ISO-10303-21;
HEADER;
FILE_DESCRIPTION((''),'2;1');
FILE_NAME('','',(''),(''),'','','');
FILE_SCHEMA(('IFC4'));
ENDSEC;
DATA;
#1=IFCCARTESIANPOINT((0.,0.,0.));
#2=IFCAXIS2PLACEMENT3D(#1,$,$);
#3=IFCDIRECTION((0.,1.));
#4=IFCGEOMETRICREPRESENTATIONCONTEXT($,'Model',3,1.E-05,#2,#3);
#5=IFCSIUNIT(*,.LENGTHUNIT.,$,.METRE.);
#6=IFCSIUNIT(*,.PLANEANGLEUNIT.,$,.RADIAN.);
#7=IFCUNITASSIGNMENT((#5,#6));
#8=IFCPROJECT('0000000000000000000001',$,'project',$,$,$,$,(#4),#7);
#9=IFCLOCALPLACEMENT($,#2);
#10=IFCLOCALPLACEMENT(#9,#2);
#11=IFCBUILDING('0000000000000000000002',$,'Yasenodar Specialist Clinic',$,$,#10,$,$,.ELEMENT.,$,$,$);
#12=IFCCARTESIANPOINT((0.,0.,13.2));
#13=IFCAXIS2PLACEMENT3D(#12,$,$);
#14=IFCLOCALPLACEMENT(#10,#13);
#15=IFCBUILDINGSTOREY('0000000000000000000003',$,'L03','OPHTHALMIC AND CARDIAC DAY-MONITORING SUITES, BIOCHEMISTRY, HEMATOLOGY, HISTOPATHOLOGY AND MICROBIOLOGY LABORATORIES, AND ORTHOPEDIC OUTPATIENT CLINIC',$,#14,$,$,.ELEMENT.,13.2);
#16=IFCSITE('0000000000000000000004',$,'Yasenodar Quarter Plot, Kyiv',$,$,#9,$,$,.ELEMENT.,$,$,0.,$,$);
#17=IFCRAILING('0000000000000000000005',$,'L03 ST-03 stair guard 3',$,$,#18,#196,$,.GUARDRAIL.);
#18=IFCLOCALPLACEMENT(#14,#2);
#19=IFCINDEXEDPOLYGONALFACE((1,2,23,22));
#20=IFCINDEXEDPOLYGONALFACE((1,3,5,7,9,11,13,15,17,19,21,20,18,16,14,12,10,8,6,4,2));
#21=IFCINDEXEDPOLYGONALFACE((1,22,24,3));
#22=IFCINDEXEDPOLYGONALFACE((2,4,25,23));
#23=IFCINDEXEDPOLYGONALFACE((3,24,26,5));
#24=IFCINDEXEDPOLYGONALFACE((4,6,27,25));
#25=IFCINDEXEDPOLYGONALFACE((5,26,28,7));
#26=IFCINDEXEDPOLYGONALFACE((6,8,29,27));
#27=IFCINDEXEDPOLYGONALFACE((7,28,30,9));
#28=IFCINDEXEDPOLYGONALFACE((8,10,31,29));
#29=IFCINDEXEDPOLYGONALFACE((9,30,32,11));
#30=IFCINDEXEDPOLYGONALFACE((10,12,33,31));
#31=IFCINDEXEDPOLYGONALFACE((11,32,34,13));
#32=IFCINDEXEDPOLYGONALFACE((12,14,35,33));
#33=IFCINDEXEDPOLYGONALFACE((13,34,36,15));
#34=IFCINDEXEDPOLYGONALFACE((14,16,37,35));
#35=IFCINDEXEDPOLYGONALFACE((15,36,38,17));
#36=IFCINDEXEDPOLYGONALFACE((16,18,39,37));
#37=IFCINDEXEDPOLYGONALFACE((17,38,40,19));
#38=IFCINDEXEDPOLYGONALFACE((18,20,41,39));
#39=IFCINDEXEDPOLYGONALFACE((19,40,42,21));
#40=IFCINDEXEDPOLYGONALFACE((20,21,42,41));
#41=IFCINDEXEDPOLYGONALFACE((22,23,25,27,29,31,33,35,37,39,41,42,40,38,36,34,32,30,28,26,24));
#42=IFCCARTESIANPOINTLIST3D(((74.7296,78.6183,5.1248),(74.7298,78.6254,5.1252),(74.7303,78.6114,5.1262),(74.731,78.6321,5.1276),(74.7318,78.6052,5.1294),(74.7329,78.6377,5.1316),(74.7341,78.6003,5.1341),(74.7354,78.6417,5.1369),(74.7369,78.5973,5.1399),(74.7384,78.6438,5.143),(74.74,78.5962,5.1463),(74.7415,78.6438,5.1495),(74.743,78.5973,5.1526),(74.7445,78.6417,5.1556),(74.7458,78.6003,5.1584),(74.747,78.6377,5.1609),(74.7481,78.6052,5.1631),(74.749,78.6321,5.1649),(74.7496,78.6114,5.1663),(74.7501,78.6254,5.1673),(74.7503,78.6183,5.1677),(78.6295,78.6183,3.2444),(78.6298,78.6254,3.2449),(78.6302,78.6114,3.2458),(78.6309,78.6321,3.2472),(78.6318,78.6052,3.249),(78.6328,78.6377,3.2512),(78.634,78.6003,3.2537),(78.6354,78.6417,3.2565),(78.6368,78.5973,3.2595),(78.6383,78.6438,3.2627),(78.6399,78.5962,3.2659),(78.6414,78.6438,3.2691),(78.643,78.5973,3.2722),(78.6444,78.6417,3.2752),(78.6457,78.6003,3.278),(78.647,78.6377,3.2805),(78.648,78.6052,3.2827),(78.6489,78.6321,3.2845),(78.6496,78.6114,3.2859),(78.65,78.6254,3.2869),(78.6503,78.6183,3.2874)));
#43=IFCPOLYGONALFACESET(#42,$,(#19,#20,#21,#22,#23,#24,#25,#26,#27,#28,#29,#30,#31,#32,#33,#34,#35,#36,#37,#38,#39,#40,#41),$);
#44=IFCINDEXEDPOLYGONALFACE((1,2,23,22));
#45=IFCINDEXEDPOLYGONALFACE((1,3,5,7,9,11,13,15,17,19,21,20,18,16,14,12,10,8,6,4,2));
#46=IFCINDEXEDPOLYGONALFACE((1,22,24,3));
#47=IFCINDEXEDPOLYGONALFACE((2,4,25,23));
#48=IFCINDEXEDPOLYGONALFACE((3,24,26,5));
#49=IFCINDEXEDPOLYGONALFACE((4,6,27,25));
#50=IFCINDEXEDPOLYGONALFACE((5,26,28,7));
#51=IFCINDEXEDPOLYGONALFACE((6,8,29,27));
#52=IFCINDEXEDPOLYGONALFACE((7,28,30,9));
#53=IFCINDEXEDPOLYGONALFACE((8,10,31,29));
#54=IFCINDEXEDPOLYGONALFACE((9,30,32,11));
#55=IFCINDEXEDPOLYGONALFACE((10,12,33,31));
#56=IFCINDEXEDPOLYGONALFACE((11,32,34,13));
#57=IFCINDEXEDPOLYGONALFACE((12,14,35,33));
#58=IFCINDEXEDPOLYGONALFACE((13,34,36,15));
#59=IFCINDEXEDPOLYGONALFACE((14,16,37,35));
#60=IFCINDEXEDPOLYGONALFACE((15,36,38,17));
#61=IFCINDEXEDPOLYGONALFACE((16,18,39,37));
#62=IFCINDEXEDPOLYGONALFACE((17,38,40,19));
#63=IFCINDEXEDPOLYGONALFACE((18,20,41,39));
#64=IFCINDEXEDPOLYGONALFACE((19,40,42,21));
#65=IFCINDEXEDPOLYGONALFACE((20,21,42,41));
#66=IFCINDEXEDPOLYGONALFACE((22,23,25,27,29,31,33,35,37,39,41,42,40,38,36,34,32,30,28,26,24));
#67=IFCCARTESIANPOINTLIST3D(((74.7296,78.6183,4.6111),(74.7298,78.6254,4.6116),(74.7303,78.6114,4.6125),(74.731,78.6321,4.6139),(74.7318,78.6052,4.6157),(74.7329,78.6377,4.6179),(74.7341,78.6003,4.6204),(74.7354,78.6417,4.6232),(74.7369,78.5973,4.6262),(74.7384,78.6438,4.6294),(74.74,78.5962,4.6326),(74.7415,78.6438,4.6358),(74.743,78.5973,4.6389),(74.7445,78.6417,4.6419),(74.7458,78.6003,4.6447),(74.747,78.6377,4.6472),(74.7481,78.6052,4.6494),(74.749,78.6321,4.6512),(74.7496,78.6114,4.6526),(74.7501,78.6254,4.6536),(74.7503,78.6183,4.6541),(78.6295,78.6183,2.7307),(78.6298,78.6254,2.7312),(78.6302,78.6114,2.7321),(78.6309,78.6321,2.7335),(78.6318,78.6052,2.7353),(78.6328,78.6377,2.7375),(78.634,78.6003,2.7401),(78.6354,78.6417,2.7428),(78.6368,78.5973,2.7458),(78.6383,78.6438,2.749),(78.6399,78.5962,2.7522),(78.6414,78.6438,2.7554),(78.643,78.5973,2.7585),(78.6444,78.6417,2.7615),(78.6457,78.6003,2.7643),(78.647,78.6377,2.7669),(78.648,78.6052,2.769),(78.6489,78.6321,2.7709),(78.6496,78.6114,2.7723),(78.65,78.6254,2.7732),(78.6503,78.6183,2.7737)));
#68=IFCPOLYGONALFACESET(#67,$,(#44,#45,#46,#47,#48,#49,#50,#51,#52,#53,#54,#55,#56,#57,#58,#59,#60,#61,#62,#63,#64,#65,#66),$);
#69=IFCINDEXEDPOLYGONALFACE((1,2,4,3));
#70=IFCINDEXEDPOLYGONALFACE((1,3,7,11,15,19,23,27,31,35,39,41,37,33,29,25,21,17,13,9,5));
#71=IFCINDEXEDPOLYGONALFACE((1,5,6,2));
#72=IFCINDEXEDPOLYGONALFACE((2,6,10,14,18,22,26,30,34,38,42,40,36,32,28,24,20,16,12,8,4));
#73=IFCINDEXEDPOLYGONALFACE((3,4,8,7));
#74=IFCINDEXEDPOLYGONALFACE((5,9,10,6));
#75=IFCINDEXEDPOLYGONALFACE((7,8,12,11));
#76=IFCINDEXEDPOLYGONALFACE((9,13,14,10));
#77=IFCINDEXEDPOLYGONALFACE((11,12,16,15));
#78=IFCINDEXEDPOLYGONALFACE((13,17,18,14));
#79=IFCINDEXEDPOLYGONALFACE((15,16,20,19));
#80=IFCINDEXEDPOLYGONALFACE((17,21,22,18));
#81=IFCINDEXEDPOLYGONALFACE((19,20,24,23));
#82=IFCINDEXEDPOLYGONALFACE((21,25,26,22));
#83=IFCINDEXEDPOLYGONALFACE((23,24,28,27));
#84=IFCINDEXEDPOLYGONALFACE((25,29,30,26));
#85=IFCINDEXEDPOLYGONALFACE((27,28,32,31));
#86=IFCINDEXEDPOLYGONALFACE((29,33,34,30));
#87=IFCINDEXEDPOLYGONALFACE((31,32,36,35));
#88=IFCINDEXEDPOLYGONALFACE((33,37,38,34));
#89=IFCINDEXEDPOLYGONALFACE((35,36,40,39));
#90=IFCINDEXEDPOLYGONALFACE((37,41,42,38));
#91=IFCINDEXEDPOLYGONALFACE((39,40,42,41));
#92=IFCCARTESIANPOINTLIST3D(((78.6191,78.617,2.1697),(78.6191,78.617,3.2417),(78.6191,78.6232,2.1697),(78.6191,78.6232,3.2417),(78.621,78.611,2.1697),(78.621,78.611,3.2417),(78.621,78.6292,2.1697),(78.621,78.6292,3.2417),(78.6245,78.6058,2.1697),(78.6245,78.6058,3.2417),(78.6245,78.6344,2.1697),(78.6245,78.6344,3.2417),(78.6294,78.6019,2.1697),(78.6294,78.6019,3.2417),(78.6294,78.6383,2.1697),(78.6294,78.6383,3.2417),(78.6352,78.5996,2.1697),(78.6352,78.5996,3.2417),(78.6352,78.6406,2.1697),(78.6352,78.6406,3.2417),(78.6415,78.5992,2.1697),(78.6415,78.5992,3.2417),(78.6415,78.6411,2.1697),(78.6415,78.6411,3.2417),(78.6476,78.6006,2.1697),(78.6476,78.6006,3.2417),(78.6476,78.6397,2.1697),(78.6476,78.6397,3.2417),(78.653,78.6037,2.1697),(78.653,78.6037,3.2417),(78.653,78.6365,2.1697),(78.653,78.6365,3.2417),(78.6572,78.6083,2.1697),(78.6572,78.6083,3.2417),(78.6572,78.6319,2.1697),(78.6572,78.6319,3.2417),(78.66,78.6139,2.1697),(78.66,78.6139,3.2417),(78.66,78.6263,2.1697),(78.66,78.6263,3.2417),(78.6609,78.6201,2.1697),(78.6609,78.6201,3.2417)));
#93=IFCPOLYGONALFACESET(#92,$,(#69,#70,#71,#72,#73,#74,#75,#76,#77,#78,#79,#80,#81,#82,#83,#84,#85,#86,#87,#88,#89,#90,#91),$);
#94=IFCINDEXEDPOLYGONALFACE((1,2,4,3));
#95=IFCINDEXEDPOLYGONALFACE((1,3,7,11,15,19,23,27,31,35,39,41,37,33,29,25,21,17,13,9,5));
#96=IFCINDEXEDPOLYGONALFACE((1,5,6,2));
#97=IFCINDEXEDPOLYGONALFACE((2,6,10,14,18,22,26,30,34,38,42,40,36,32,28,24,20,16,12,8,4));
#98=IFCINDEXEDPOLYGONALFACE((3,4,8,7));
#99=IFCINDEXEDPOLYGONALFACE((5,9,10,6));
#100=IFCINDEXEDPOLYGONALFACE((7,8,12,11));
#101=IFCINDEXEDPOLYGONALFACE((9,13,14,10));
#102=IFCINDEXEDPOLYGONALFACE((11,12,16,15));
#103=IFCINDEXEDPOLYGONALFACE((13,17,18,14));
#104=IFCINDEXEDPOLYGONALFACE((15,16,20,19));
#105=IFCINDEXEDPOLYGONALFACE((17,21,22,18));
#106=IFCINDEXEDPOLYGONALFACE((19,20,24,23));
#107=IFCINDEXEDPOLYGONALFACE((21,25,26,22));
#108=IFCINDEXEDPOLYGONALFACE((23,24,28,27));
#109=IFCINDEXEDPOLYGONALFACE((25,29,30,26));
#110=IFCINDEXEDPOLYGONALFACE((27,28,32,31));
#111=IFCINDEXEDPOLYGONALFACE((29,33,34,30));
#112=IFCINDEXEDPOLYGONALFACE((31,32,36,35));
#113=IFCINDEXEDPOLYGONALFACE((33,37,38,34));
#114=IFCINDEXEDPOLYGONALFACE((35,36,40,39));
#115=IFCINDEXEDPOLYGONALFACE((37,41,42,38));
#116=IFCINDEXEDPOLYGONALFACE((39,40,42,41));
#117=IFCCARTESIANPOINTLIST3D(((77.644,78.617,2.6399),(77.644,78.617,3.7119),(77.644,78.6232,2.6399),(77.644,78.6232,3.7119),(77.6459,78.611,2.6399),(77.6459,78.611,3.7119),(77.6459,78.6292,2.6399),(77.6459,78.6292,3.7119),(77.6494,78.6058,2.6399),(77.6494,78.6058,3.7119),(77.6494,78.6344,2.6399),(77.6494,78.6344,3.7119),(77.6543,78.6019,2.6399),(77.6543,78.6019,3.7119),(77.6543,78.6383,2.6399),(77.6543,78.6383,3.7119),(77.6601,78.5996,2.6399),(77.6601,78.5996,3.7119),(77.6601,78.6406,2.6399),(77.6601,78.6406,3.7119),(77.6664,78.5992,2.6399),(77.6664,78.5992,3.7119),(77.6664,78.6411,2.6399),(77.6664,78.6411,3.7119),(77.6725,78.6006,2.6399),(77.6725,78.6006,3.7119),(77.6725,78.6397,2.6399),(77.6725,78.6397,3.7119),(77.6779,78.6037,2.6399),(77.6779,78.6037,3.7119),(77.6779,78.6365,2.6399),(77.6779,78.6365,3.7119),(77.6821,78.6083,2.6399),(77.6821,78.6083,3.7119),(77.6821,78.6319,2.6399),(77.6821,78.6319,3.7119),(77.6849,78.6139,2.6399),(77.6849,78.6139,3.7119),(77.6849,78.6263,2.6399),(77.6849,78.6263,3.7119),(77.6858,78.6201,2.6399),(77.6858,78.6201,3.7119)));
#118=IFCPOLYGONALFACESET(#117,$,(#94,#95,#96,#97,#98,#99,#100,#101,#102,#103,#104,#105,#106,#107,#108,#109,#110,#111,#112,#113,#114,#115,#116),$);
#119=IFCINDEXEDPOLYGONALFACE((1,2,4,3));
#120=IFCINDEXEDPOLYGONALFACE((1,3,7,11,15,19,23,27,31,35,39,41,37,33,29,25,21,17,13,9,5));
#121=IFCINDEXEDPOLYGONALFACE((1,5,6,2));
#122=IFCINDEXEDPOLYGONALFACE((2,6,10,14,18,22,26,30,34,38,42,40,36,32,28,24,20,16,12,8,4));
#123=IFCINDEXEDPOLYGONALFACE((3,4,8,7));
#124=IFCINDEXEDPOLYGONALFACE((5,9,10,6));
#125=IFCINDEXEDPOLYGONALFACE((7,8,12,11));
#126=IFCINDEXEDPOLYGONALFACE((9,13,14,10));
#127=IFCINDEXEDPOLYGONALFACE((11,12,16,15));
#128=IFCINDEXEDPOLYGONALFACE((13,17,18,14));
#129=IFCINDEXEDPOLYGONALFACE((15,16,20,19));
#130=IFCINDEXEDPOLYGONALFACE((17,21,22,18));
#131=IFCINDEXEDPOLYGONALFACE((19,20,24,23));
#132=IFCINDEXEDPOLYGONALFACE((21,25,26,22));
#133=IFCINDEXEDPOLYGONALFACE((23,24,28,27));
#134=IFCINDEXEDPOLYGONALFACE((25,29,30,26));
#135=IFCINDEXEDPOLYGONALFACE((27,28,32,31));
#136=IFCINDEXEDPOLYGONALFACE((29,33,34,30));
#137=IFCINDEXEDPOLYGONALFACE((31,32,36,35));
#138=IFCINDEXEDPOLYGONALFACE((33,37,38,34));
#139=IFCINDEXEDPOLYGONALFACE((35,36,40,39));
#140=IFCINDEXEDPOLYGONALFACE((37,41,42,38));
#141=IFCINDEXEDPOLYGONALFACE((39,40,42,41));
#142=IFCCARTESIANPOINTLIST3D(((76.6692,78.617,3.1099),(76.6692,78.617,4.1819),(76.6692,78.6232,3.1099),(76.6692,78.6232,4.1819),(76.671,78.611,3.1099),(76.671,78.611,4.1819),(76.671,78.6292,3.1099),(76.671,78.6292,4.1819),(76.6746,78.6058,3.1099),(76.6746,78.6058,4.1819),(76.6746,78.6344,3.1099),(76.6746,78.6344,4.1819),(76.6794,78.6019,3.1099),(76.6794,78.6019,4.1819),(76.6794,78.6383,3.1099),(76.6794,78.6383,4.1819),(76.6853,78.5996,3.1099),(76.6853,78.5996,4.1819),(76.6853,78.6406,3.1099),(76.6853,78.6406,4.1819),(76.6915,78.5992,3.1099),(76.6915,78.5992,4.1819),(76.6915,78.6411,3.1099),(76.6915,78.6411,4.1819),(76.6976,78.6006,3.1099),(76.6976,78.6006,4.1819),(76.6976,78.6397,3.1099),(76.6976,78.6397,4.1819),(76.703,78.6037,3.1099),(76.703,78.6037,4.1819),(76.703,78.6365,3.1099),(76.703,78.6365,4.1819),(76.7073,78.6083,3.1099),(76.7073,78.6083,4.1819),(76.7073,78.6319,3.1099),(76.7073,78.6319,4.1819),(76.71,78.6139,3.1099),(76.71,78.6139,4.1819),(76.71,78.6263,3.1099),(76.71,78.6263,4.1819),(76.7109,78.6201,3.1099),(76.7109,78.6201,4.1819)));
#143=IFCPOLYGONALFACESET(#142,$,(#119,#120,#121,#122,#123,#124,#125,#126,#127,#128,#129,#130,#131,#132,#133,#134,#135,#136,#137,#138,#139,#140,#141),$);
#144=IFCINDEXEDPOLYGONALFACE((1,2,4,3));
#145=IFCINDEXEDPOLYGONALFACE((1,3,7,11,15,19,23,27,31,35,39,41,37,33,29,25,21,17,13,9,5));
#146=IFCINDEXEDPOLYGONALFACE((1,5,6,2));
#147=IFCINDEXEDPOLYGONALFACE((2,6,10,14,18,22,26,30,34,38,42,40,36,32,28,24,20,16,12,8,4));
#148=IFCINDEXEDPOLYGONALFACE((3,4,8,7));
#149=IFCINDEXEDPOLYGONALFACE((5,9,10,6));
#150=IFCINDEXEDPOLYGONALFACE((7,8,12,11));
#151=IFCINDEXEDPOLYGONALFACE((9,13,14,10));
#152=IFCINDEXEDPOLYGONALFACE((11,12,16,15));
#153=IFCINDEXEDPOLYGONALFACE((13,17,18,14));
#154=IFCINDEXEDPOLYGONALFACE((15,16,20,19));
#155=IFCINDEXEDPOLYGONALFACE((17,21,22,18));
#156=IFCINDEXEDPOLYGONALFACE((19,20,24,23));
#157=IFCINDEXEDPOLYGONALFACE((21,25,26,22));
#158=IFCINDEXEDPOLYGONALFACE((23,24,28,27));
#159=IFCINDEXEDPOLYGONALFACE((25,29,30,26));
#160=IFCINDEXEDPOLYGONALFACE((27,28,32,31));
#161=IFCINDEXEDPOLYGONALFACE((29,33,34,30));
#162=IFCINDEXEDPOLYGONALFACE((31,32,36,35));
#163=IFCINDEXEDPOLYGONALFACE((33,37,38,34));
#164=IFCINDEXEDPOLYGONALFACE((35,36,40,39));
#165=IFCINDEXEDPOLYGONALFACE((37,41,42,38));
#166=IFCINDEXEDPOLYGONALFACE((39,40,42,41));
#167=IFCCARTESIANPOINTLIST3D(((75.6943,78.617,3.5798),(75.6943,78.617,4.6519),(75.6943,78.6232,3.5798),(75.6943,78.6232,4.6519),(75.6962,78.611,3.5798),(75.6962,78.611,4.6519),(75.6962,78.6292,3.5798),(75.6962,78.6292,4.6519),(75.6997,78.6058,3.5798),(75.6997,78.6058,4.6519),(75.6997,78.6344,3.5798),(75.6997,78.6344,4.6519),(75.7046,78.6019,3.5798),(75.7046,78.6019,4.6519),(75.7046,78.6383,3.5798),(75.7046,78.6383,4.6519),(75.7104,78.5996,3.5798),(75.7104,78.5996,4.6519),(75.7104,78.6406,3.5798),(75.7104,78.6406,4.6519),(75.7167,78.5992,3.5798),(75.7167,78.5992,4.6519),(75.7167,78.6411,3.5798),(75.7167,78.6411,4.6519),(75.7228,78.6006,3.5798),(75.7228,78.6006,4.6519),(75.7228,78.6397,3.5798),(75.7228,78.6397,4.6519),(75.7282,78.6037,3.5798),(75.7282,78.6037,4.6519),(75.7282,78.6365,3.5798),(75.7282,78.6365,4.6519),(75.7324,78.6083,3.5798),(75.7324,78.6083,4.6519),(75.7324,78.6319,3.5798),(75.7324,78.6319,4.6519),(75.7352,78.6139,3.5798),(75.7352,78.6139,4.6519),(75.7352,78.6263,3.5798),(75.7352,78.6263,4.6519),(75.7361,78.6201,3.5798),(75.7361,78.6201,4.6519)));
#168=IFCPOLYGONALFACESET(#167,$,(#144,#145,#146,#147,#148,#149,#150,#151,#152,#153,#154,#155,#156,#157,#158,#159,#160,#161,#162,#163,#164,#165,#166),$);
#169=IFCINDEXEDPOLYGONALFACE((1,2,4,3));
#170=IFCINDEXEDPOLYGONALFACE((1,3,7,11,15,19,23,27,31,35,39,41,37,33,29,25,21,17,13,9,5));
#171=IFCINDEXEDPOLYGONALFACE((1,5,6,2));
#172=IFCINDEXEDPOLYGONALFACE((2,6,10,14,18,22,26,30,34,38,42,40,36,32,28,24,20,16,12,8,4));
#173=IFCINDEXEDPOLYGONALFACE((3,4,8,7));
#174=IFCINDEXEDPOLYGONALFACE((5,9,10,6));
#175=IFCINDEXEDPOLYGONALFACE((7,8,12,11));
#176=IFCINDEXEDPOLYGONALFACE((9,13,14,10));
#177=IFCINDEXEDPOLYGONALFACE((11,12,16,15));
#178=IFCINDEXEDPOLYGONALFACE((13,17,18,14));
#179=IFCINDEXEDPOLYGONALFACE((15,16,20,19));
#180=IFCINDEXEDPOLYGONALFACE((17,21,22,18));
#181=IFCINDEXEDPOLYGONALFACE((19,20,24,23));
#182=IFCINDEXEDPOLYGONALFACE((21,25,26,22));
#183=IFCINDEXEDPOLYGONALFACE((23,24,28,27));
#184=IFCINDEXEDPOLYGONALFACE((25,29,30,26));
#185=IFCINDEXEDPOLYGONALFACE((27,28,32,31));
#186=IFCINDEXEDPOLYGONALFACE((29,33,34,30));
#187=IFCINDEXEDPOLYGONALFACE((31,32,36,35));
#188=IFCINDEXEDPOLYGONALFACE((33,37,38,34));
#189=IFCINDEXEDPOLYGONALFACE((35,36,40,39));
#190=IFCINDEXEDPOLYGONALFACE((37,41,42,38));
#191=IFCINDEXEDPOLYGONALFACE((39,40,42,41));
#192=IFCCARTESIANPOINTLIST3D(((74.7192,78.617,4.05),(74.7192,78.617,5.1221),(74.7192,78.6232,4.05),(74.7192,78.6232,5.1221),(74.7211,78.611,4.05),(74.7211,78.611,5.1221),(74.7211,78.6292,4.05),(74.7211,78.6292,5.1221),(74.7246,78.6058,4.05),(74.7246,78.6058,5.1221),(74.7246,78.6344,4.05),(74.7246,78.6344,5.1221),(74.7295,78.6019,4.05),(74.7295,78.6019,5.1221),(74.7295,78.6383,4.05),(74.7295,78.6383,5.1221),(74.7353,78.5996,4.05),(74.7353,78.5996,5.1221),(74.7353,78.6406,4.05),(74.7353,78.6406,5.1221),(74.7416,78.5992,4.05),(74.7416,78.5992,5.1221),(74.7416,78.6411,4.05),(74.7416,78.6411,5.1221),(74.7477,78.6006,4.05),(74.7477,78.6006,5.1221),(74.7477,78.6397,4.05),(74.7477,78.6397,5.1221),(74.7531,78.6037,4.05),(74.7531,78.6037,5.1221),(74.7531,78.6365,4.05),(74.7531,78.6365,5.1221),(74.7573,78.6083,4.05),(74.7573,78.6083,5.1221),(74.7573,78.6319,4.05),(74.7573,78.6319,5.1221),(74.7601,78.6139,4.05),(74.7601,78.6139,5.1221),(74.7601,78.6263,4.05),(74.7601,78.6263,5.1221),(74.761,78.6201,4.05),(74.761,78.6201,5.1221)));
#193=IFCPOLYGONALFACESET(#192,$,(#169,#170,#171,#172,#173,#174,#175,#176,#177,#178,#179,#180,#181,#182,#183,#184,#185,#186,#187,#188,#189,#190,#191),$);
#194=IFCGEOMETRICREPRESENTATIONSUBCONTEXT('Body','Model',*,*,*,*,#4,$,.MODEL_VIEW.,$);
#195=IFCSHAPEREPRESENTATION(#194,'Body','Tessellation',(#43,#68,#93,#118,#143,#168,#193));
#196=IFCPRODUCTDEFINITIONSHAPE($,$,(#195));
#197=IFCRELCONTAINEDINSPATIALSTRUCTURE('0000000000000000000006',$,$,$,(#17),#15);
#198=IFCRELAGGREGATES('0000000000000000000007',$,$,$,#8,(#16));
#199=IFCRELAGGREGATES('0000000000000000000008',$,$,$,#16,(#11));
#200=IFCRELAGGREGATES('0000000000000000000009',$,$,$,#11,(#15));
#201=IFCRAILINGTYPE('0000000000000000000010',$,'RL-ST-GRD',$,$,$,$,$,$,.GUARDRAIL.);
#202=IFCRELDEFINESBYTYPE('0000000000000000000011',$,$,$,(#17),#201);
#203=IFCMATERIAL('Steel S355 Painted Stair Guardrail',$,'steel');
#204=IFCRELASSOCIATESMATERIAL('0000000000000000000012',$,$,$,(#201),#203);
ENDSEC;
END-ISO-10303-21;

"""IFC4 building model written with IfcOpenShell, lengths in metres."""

from ifc_helpers import new_model, si_unit, direction, frame, origin, origin_2d, place, context, subcontext, project, spatial, circle, extrude, material, type_object, element, save


model = new_model("IFC4")

# Units and contexts
model_context = context("Model", 3, precision=1e-05, world=origin(), true_north=direction((0.0, 1.0)))
body_context = subcontext(model_context, "Body", "Model", "MODEL_VIEW")
ifc_project = project(units=[si_unit("LENGTHUNIT", "METRE"), si_unit("PLANEANGLEUNIT", "RADIAN")], contexts=[model_context])

# Site, building, storey
site_placement = place(None, origin())
site = spatial("IfcSite", under=ifc_project, at=site_placement, Name="Yasenodar Quarter Plot, Kyiv", CompositionType="ELEMENT", RefElevation=0.0)
building_placement = place(site_placement, origin())
building = spatial("IfcBuilding", under=site, at=building_placement, Name="Yasenodar Specialist Clinic", CompositionType="ELEMENT")
storey_placement = place(building_placement, frame((0.0, 0.0, 13.2)))
storey = spatial("IfcBuildingStorey", under=building, at=storey_placement, Name="L03", Description="OPHTHALMIC AND CARDIAC DAY-MONITORING SUITES, BIOCHEMISTRY, HEMATOLOGY, HISTOPATHOLOGY AND MICROBIOLOGY LABORATORIES, AND ORTHOPEDIC OUTPATIENT CLINIC", CompositionType="ELEMENT", Elevation=13.2)

# Railing
ifc_material_1 = material(Name="Steel S355 Painted Stair Guardrail", Category="steel")
railing_type_1 = type_object("IfcRailingType", Name="RL-ST-GRD", PredefinedType="GUARDRAIL", material=ifc_material_1)
railing_1_placement = place(storey_placement, frame((78.6399, 78.6201, 2.1697)))
element("IfcRailing", 1, at=railing_1_placement, inside=storey, type_object=railing_type_1, Name="L03 ST-03 stair guard 3", PredefinedType="GUARDRAIL", context=body_context, shape_type="SweptSolid", body=[
    extrude(circle(Radius=0.0239, at=origin_2d()), frame((0.0, 0.0, 1.0962), z_axis=(-0.900763, 0.0, 0.434311), x_axis=(0.0, -1.0, 0.0)), (0.0, 0.0, 1.0), 4.3296),
    extrude(circle(Radius=0.0239, at=origin_2d()), frame((0.0, 0.0, 0.5825), z_axis=(-0.900763, 0.0, 0.434311), x_axis=(0.0, -1.0, 0.0)), (0.0, 0.0, 1.0), 4.3296),
    extrude(circle(Radius=0.021, at=origin_2d()), origin(), (0.0, 0.0, 1.0), 1.072),
    extrude(circle(Radius=0.021, at=origin_2d()), frame((-0.9751, 0.0, 0.4702)), (0.0, 0.0, 1.0), 1.072),
    extrude(circle(Radius=0.021, at=origin_2d()), frame((-1.95, 0.0, 0.9402)), (0.0, 0.0, 1.0), 1.072),
    extrude(circle(Radius=0.021, at=origin_2d()), frame((-2.9248, 0.0, 1.4102)), (0.0, 0.0, 1.0), 1.072),
    extrude(circle(Radius=0.021, at=origin_2d()), frame((-3.8999, 0.0, 1.8804)), (0.0, 0.0, 1.0), 1.072),
])

save(model, "model.ifc")
